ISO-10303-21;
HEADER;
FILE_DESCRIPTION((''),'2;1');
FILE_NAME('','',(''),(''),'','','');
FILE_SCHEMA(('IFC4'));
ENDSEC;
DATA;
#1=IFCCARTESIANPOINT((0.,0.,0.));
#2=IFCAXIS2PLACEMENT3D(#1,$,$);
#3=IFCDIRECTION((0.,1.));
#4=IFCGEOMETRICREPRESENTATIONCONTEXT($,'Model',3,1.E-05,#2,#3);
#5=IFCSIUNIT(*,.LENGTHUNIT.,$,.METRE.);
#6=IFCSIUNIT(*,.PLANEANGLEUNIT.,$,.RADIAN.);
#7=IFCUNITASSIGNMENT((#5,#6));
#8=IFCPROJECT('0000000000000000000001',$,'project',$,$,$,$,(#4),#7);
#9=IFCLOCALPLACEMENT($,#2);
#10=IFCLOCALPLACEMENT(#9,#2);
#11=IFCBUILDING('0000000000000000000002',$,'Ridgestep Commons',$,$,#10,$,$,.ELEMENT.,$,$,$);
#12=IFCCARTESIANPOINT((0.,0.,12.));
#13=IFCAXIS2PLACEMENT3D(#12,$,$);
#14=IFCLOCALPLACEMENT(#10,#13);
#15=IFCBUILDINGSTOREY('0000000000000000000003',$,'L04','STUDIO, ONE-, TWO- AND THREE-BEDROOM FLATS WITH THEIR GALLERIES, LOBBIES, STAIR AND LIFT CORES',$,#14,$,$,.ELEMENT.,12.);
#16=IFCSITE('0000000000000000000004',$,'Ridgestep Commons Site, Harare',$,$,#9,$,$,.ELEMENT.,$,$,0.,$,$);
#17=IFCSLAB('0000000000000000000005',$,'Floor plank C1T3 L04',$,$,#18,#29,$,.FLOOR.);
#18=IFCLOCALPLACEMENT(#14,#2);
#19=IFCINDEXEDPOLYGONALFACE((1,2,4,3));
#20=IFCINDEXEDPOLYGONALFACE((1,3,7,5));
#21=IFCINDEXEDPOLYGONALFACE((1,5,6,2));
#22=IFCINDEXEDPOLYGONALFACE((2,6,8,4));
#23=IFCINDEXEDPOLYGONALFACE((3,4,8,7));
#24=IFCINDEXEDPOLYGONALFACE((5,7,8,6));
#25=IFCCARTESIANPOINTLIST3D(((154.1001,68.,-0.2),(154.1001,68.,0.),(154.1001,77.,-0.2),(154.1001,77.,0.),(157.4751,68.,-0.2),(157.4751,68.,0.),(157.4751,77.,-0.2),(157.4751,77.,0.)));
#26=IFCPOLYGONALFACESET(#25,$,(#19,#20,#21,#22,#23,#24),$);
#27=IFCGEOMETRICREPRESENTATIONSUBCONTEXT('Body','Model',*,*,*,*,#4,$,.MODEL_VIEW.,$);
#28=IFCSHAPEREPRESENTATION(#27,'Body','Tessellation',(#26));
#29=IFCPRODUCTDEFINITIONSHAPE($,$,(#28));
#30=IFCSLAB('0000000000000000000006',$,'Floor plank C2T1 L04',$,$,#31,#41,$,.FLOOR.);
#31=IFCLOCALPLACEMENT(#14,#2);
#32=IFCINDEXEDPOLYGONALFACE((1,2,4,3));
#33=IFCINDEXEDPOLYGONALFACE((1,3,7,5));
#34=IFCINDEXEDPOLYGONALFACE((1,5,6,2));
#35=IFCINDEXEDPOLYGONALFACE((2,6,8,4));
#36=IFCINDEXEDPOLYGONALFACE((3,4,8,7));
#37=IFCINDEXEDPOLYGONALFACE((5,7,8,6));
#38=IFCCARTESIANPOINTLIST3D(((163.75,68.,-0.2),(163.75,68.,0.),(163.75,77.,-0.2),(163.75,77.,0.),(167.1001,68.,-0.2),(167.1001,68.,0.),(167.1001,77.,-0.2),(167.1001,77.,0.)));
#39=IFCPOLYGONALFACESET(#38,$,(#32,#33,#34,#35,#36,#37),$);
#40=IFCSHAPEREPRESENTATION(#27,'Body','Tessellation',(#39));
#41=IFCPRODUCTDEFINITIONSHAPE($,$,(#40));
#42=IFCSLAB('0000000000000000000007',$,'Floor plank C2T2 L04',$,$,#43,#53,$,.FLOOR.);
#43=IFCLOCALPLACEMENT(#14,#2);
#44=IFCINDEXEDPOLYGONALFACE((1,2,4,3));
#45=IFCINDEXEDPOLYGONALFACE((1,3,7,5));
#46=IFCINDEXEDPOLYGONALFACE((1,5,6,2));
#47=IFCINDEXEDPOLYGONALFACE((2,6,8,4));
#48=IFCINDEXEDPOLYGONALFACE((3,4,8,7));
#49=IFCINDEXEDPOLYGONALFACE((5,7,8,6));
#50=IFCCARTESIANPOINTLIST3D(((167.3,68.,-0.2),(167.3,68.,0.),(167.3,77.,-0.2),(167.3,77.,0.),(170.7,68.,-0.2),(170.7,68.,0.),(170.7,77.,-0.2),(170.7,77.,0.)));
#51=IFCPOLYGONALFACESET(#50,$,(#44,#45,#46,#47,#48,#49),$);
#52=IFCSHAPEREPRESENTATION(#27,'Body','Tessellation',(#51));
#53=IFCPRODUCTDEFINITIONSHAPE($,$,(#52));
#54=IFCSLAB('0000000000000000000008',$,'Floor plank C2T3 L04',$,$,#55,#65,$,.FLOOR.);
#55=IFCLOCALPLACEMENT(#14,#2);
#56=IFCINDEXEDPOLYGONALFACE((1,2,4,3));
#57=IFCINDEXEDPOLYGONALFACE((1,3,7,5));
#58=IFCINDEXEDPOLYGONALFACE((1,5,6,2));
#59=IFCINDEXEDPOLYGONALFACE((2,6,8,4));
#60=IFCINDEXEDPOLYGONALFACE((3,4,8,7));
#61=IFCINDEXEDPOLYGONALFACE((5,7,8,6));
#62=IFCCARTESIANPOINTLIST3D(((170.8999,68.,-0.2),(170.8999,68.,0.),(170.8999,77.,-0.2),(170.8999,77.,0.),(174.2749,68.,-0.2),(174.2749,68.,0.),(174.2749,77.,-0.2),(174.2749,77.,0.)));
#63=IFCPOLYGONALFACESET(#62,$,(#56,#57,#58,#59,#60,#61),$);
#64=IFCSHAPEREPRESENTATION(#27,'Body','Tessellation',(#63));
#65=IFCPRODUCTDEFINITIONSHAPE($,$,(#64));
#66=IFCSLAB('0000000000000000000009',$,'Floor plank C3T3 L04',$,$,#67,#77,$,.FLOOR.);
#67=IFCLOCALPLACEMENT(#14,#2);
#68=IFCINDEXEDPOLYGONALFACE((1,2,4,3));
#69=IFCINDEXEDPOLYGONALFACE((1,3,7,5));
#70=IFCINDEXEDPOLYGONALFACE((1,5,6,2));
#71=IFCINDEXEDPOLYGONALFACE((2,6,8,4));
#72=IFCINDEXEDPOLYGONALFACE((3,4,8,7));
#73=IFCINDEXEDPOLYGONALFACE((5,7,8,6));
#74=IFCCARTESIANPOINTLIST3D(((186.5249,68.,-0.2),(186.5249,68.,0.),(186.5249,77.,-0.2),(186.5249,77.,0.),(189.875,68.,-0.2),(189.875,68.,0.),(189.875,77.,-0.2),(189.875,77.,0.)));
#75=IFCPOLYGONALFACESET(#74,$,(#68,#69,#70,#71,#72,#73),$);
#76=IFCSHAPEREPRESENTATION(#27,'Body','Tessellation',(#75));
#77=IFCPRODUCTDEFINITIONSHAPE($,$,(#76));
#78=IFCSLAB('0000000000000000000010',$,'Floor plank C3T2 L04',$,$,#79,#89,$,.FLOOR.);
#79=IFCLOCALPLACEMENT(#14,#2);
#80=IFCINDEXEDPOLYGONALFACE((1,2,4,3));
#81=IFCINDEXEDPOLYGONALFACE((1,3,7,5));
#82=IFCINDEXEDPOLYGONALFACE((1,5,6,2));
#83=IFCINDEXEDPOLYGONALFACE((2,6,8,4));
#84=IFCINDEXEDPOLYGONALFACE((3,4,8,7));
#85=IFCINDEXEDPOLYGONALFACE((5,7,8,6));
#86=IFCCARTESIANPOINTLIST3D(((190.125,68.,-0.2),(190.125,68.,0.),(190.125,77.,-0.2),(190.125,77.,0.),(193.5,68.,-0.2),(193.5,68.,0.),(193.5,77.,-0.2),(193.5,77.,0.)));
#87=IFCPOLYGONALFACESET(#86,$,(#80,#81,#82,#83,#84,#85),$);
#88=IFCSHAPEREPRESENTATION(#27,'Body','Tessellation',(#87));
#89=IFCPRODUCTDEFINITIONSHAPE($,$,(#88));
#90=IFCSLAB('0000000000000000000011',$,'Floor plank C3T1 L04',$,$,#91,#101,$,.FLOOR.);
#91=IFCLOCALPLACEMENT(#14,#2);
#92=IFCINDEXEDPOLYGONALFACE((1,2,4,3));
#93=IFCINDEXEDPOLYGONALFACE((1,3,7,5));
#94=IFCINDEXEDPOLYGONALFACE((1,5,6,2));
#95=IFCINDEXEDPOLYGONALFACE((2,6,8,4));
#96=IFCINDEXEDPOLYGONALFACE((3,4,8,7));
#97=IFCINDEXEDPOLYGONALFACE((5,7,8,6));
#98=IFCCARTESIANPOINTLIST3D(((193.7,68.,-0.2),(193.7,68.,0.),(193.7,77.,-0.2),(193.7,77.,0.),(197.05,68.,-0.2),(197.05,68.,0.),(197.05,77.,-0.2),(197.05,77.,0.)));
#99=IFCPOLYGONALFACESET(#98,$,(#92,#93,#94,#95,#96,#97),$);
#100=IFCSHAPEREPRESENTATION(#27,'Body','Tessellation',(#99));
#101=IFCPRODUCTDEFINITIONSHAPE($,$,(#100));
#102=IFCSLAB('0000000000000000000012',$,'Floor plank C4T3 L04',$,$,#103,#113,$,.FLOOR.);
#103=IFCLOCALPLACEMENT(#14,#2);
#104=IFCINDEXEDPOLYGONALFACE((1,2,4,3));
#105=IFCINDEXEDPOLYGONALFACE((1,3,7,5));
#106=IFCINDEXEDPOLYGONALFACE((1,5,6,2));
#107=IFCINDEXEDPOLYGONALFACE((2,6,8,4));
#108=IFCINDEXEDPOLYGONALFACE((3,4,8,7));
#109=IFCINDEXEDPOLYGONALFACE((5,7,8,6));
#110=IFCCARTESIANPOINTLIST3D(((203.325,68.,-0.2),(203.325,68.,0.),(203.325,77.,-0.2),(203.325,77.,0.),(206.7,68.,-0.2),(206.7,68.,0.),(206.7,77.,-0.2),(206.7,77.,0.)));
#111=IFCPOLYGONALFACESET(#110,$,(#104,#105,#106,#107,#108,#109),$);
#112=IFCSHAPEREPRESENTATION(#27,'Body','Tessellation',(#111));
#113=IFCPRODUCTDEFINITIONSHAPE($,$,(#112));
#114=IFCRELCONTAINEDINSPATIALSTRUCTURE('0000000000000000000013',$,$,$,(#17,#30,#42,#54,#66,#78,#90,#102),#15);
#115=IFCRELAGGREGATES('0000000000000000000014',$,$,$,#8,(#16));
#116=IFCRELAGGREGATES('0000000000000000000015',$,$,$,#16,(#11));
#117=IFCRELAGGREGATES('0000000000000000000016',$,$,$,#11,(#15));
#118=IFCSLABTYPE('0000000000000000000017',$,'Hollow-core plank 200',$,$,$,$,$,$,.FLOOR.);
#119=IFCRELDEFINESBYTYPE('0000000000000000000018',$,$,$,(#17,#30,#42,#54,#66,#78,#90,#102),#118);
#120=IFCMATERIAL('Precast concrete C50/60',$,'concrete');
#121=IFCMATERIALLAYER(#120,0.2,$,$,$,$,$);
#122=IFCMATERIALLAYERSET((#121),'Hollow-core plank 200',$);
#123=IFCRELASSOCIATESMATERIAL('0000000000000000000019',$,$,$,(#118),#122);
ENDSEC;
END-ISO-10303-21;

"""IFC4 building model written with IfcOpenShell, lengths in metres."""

from ifc_helpers import new_model, si_unit, direction, frame, origin, place, context, subcontext, project, spatial, polyline, outline, extrude, material, layer, layer_set, type_object, element, save


model = new_model("IFC4")

# Units and contexts
model_context = context("Model", 3, precision=1e-05, world=origin(), true_north=direction((0.0, 1.0)))
body_context = subcontext(model_context, "Body", "Model", "MODEL_VIEW")
ifc_project = project(units=[si_unit("LENGTHUNIT", "METRE"), si_unit("PLANEANGLEUNIT", "RADIAN")], contexts=[model_context])

# Site, building, storey
site_placement = place(None, origin())
site = spatial("IfcSite", under=ifc_project, at=site_placement, Name="Ridgestep Commons Site, Harare", CompositionType="ELEMENT", RefElevation=0.0)
building_placement = place(site_placement, origin())
building = spatial("IfcBuilding", under=site, at=building_placement, Name="Ridgestep Commons", CompositionType="ELEMENT")
storey_placement = place(building_placement, frame((0.0, 0.0, 12.0)))
storey = spatial("IfcBuildingStorey", under=building, at=storey_placement, Name="L04", Description="STUDIO, ONE-, TWO- AND THREE-BEDROOM FLATS WITH THEIR GALLERIES, LOBBIES, STAIR AND LIFT CORES", CompositionType="ELEMENT", Elevation=12.0)

# Slabs
ifc_material_1 = material(Name="Precast concrete C50/60", Category="concrete")
ifc_layer_1 = layer(ifc_material_1, 0.2)
ifc_layer_set_1 = layer_set([ifc_layer_1], Name="Hollow-core plank 200")
slab_type_1 = type_object("IfcSlabType", Name="Hollow-core plank 200", PredefinedType="FLOOR", material=ifc_layer_set_1)
slab_1_placement = place(storey_placement, frame((0.0, 0.0, -0.2)))
element("IfcSlab", 1, at=slab_1_placement, inside=storey, type_object=slab_type_1, Name="Floor plank C1T3 L04", PredefinedType="FLOOR", context=body_context, shape_type="SweptSolid", body=[
    extrude(outline(polyline([(157.4751, 68.0), (157.4751, 77.0), (154.1001, 77.0), (154.1001, 68.0), (157.4751, 68.0)])), origin(), (0.0, 0.0, 1.0), 0.2),
])
slab_2_placement = place(storey_placement, frame((0.0, 0.0, -0.2)))
element("IfcSlab", 2, at=slab_2_placement, inside=storey, type_object=slab_type_1, Name="Floor plank C2T1 L04", PredefinedType="FLOOR", context=body_context, shape_type="SweptSolid", body=[
    extrude(outline(polyline([(167.1001, 68.0), (167.1001, 77.0), (163.75, 77.0), (163.75, 68.0), (167.1001, 68.0)])), origin(), (0.0, 0.0, 1.0), 0.2),
])
slab_3_placement = place(storey_placement, frame((0.0, 0.0, -0.2)))
element("IfcSlab", 3, at=slab_3_placement, inside=storey, type_object=slab_type_1, Name="Floor plank C2T2 L04", PredefinedType="FLOOR", context=body_context, shape_type="SweptSolid", body=[
    extrude(outline(polyline([(170.7, 68.0), (170.7, 77.0), (167.3, 77.0), (167.3, 68.0), (170.7, 68.0)])), origin(), (0.0, 0.0, 1.0), 0.2),
])
slab_4_placement = place(storey_placement, frame((0.0, 0.0, -0.2)))
element("IfcSlab", 4, at=slab_4_placement, inside=storey, type_object=slab_type_1, Name="Floor plank C2T3 L04", PredefinedType="FLOOR", context=body_context, shape_type="SweptSolid", body=[
    extrude(outline(polyline([(174.2749, 68.0), (174.2749, 77.0), (170.8999, 77.0), (170.8999, 68.0), (174.2749, 68.0)])), origin(), (0.0, 0.0, 1.0), 0.2),
])
slab_5_placement = place(storey_placement, frame((0.0, 0.0, -0.2)))
element("IfcSlab", 5, at=slab_5_placement, inside=storey, type_object=slab_type_1, Name="Floor plank C3T3 L04", PredefinedType="FLOOR", context=body_context, shape_type="SweptSolid", body=[
    extrude(outline(polyline([(189.875, 68.0), (189.875, 77.0), (186.5249, 77.0), (186.5249, 68.0), (189.875, 68.0)])), origin(), (0.0, 0.0, 1.0), 0.2),
])
slab_6_placement = place(storey_placement, frame((0.0, 0.0, -0.2)))
element("IfcSlab", 6, at=slab_6_placement, inside=storey, type_object=slab_type_1, Name="Floor plank C3T2 L04", PredefinedType="FLOOR", context=body_context, shape_type="SweptSolid", body=[
    extrude(outline(polyline([(193.5, 68.0), (193.5, 77.0), (190.125, 77.0), (190.125, 68.0), (193.5, 68.0)])), origin(), (0.0, 0.0, 1.0), 0.2),
])
slab_7_placement = place(storey_placement, frame((0.0, 0.0, -0.2)))
element("IfcSlab", 7, at=slab_7_placement, inside=storey, type_object=slab_type_1, Name="Floor plank C3T1 L04", PredefinedType="FLOOR", context=body_context, shape_type="SweptSolid", body=[
    extrude(outline(polyline([(197.05, 68.0), (197.05, 77.0), (193.7, 77.0), (193.7, 68.0), (197.05, 68.0)])), origin(), (0.0, 0.0, 1.0), 0.2),
])
slab_8_placement = place(storey_placement, frame((0.0, 0.0, -0.2)))
element("IfcSlab", 8, at=slab_8_placement, inside=storey, type_object=slab_type_1, Name="Floor plank C4T3 L04", PredefinedType="FLOOR", context=body_context, shape_type="SweptSolid", body=[
    extrude(outline(polyline([(206.7, 68.0), (206.7, 77.0), (203.325, 77.0), (203.325, 68.0), (206.7, 68.0)])), origin(), (0.0, 0.0, 1.0), 0.2),
])

save(model, "model.ifc")
